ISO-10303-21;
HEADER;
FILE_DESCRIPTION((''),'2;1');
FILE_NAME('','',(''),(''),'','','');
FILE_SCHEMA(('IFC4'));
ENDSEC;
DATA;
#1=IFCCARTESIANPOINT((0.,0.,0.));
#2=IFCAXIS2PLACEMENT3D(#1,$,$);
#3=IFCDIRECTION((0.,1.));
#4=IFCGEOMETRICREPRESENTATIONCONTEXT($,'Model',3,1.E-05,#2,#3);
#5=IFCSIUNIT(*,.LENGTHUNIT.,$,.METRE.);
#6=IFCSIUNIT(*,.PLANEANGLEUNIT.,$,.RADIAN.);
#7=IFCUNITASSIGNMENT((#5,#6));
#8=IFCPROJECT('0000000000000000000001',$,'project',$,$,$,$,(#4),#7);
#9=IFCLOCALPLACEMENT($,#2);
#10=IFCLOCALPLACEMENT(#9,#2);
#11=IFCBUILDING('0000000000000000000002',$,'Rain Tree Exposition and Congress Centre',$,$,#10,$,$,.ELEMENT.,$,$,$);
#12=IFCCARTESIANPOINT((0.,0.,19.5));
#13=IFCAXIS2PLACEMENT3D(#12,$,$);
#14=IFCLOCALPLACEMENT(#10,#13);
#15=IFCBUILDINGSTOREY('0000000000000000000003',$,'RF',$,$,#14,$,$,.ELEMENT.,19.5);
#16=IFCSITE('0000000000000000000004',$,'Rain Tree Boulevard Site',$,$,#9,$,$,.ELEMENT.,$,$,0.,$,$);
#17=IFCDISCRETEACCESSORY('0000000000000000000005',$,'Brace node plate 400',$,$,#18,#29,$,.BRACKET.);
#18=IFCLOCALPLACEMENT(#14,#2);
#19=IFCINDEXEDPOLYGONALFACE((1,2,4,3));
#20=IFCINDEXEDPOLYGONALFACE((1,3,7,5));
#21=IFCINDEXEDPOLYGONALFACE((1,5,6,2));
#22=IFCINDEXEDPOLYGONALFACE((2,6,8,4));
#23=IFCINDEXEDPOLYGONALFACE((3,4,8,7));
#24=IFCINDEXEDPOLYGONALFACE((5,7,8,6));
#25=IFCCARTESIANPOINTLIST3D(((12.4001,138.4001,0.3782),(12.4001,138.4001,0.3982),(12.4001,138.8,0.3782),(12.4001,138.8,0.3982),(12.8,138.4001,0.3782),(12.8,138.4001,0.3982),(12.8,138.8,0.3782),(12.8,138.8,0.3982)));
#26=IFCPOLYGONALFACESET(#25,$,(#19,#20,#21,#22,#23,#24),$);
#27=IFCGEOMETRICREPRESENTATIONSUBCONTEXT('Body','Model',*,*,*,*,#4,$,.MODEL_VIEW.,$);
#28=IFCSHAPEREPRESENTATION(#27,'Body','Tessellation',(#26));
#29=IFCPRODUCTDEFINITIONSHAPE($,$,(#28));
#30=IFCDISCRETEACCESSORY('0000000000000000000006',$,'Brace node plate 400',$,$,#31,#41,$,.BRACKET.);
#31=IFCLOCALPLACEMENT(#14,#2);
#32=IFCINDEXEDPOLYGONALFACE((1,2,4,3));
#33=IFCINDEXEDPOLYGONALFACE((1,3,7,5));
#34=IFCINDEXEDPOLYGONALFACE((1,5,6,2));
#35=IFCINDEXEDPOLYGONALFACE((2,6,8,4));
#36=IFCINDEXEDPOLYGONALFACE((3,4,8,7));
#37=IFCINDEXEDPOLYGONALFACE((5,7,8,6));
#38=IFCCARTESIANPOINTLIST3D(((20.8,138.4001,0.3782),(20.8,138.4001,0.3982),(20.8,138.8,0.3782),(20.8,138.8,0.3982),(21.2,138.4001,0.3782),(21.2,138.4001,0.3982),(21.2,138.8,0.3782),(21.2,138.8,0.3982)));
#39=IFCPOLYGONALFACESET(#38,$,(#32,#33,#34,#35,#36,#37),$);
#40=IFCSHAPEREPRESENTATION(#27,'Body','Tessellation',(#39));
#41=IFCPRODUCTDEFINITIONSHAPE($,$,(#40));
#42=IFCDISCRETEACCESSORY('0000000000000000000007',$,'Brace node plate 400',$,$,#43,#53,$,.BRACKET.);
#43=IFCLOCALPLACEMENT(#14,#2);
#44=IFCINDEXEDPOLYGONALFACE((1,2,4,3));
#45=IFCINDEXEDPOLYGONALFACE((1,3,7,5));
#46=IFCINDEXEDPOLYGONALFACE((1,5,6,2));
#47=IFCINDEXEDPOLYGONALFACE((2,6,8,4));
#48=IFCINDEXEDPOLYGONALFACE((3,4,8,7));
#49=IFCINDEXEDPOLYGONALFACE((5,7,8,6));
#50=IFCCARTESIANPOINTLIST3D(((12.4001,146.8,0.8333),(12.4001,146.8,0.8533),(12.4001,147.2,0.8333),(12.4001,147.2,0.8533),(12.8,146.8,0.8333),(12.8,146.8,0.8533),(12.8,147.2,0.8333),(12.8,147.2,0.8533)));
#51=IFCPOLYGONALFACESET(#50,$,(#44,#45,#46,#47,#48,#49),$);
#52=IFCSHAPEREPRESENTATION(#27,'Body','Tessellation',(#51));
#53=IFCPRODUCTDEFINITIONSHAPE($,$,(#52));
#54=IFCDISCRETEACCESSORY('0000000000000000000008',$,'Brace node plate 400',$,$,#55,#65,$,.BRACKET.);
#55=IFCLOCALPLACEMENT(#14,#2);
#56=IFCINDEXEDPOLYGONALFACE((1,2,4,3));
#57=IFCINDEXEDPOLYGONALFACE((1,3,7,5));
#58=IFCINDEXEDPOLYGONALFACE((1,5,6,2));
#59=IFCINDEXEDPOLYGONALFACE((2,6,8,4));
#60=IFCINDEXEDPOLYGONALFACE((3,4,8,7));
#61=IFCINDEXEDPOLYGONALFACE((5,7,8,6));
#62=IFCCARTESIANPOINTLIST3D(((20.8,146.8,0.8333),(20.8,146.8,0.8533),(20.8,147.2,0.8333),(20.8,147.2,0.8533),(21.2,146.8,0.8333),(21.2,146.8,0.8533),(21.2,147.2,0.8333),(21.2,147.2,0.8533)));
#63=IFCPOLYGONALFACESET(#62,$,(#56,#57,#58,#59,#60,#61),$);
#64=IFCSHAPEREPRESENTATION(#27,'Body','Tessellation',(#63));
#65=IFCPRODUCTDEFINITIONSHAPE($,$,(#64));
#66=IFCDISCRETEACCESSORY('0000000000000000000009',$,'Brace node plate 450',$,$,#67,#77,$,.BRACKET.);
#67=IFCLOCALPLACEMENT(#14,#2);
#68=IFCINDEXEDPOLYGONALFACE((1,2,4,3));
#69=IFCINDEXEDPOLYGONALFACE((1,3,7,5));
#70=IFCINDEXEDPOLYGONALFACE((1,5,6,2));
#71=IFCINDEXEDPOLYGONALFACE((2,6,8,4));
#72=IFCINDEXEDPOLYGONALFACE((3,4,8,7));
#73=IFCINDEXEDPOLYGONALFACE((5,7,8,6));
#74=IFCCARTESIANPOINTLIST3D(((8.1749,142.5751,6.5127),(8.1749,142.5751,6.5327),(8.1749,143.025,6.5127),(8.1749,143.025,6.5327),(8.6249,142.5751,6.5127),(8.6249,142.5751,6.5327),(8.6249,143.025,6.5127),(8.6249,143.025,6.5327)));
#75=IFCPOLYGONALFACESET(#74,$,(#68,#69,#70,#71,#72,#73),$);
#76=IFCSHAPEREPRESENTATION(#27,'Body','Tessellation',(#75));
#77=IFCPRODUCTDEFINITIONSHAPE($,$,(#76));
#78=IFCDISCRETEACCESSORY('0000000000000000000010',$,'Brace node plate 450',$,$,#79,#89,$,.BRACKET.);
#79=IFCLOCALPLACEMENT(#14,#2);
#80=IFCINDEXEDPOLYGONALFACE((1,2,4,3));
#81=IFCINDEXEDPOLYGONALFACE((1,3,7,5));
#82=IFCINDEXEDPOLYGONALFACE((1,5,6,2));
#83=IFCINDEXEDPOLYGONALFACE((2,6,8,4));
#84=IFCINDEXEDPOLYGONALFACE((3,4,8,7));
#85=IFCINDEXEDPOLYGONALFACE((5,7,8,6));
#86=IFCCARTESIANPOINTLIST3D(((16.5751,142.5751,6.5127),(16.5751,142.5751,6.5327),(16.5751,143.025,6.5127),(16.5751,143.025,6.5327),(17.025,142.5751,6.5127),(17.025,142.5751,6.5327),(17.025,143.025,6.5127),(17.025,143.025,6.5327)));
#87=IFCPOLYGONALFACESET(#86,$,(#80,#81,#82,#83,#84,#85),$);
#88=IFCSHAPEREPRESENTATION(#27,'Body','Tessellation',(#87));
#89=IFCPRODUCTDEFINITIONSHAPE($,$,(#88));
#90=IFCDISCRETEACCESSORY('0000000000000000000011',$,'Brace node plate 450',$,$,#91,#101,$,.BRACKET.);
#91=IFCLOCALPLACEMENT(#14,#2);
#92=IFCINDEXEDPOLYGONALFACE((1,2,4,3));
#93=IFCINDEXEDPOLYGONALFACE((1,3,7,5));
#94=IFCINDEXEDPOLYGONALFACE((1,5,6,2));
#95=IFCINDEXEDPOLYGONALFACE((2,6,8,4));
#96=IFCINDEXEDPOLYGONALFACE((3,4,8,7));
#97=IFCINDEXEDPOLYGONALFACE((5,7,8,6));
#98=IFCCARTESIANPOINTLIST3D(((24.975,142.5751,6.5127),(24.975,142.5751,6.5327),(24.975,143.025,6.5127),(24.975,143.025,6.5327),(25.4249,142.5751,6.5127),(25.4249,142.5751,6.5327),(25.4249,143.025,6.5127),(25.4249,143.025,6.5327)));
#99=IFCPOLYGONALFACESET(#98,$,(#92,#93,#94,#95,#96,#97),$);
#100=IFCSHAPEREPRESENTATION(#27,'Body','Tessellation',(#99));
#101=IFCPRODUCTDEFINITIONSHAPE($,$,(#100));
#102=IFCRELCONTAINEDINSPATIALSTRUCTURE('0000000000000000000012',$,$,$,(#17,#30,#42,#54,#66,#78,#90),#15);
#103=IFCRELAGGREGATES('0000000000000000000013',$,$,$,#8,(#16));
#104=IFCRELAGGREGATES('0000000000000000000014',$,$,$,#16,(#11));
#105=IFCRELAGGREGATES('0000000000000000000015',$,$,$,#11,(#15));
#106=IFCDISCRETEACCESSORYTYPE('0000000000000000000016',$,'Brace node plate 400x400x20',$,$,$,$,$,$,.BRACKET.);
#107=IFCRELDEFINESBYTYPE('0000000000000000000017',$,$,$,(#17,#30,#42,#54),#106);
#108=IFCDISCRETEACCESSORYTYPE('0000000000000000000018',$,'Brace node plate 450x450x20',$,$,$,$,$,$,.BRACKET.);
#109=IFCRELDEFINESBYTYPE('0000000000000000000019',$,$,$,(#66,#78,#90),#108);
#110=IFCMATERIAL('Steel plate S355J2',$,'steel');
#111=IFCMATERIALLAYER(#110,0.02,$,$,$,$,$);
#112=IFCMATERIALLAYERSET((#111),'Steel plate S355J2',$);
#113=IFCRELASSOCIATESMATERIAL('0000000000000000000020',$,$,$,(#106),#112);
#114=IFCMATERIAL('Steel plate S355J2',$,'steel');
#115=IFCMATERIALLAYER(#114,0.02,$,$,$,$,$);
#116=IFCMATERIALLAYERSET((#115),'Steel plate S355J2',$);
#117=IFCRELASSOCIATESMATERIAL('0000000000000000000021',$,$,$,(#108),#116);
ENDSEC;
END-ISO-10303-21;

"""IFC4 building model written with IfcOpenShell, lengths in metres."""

from ifc_helpers import new_model, si_unit, direction, frame, origin, origin_2d, place, context, subcontext, project, spatial, rectangle, extrude, material, layer, layer_set, type_object, element, save


model = new_model("IFC4")

# Units and contexts
model_context = context("Model", 3, precision=1e-05, world=origin(), true_north=direction((0.0, 1.0)))
body_context = subcontext(model_context, "Body", "Model", "MODEL_VIEW")
ifc_project = project(units=[si_unit("LENGTHUNIT", "METRE"), si_unit("PLANEANGLEUNIT", "RADIAN")], contexts=[model_context])

# Site, building, storey
site_placement = place(None, origin())
site = spatial("IfcSite", under=ifc_project, at=site_placement, Name="Rain Tree Boulevard Site", CompositionType="ELEMENT", RefElevation=0.0)
building_placement = place(site_placement, origin())
building = spatial("IfcBuilding", under=site, at=building_placement, Name="Rain Tree Exposition and Congress Centre", CompositionType="ELEMENT")
storey_placement = place(building_placement, frame((0.0, 0.0, 19.5)))
storey = spatial("IfcBuildingStorey", under=building, at=storey_placement, Name="RF", CompositionType="ELEMENT", Elevation=19.5)

# Discrete accessories
ifc_material_1 = material(Name="Steel plate S355J2", Category="steel")
ifc_layer_1 = layer(ifc_material_1, 0.02)
ifc_layer_set_1 = layer_set([ifc_layer_1], Name="Steel plate S355J2")
discrete_accessory_type_1 = type_object("IfcDiscreteAccessoryType", Name="Brace node plate 400x400x20", PredefinedType="BRACKET", material=ifc_layer_set_1)
for number, where, z_axis, x_axis, name in (
    (1, (12.6001, 138.6001, 0.3782), (0.0, 0.0, 1.0), (1.0, 0.0, 0.0), "Brace node plate 400"),
    (2, (21.0, 138.6001, 0.3782), (0.0, 0.0, 1.0), (1.0, 0.0, 0.0), "Brace node plate 400"),
    (3, (12.6001, 147.0, 0.8333), (0.0, 0.0, 1.0), (1.0, 0.0, 0.0), "Brace node plate 400"),
    (4, (21.0, 147.0, 0.8333), (0.0, 0.0, 1.0), (1.0, 0.0, 0.0), "Brace node plate 400"),
):
    element("IfcDiscreteAccessory", number, at=place(storey_placement, frame(where, z_axis=z_axis, x_axis=x_axis)), inside=storey, type_object=discrete_accessory_type_1, Name=name, PredefinedType="BRACKET", context=body_context, shape_type="SweptSolid", body=[
        extrude(rectangle(XDim=0.3999, YDim=0.3999, at=origin_2d()), origin(), (0.0, 0.0, 1.0), 0.02),
    ])
ifc_material_2 = material(Name="Steel plate S355J2", Category="steel")
ifc_layer_2 = layer(ifc_material_2, 0.02)
ifc_layer_set_2 = layer_set([ifc_layer_2], Name="Steel plate S355J2")
discrete_accessory_type_2 = type_object("IfcDiscreteAccessoryType", Name="Brace node plate 450x450x20", PredefinedType="BRACKET", material=ifc_layer_set_2)
for number, where, z_axis, x_axis, name in (
    (5, (8.3999, 142.8, 6.5127), (0.0, 0.0, 1.0), (1.0, 0.0, 0.0), "Brace node plate 450"),
    (6, (16.8, 142.8, 6.5127), (0.0, 0.0, 1.0), (1.0, 0.0, 0.0), "Brace node plate 450"),
    (7, (25.2, 142.8, 6.5127), (0.0, 0.0, 1.0), (1.0, 0.0, 0.0), "Brace node plate 450"),
):
    element("IfcDiscreteAccessory", number, at=place(storey_placement, frame(where, z_axis=z_axis, x_axis=x_axis)), inside=storey, type_object=discrete_accessory_type_2, Name=name, PredefinedType="BRACKET", context=body_context, shape_type="SweptSolid", body=[
        extrude(rectangle(XDim=0.45, YDim=0.45, at=origin_2d()), origin(), (0.0, 0.0, 1.0), 0.02),
    ])

save(model, "model.ifc")
